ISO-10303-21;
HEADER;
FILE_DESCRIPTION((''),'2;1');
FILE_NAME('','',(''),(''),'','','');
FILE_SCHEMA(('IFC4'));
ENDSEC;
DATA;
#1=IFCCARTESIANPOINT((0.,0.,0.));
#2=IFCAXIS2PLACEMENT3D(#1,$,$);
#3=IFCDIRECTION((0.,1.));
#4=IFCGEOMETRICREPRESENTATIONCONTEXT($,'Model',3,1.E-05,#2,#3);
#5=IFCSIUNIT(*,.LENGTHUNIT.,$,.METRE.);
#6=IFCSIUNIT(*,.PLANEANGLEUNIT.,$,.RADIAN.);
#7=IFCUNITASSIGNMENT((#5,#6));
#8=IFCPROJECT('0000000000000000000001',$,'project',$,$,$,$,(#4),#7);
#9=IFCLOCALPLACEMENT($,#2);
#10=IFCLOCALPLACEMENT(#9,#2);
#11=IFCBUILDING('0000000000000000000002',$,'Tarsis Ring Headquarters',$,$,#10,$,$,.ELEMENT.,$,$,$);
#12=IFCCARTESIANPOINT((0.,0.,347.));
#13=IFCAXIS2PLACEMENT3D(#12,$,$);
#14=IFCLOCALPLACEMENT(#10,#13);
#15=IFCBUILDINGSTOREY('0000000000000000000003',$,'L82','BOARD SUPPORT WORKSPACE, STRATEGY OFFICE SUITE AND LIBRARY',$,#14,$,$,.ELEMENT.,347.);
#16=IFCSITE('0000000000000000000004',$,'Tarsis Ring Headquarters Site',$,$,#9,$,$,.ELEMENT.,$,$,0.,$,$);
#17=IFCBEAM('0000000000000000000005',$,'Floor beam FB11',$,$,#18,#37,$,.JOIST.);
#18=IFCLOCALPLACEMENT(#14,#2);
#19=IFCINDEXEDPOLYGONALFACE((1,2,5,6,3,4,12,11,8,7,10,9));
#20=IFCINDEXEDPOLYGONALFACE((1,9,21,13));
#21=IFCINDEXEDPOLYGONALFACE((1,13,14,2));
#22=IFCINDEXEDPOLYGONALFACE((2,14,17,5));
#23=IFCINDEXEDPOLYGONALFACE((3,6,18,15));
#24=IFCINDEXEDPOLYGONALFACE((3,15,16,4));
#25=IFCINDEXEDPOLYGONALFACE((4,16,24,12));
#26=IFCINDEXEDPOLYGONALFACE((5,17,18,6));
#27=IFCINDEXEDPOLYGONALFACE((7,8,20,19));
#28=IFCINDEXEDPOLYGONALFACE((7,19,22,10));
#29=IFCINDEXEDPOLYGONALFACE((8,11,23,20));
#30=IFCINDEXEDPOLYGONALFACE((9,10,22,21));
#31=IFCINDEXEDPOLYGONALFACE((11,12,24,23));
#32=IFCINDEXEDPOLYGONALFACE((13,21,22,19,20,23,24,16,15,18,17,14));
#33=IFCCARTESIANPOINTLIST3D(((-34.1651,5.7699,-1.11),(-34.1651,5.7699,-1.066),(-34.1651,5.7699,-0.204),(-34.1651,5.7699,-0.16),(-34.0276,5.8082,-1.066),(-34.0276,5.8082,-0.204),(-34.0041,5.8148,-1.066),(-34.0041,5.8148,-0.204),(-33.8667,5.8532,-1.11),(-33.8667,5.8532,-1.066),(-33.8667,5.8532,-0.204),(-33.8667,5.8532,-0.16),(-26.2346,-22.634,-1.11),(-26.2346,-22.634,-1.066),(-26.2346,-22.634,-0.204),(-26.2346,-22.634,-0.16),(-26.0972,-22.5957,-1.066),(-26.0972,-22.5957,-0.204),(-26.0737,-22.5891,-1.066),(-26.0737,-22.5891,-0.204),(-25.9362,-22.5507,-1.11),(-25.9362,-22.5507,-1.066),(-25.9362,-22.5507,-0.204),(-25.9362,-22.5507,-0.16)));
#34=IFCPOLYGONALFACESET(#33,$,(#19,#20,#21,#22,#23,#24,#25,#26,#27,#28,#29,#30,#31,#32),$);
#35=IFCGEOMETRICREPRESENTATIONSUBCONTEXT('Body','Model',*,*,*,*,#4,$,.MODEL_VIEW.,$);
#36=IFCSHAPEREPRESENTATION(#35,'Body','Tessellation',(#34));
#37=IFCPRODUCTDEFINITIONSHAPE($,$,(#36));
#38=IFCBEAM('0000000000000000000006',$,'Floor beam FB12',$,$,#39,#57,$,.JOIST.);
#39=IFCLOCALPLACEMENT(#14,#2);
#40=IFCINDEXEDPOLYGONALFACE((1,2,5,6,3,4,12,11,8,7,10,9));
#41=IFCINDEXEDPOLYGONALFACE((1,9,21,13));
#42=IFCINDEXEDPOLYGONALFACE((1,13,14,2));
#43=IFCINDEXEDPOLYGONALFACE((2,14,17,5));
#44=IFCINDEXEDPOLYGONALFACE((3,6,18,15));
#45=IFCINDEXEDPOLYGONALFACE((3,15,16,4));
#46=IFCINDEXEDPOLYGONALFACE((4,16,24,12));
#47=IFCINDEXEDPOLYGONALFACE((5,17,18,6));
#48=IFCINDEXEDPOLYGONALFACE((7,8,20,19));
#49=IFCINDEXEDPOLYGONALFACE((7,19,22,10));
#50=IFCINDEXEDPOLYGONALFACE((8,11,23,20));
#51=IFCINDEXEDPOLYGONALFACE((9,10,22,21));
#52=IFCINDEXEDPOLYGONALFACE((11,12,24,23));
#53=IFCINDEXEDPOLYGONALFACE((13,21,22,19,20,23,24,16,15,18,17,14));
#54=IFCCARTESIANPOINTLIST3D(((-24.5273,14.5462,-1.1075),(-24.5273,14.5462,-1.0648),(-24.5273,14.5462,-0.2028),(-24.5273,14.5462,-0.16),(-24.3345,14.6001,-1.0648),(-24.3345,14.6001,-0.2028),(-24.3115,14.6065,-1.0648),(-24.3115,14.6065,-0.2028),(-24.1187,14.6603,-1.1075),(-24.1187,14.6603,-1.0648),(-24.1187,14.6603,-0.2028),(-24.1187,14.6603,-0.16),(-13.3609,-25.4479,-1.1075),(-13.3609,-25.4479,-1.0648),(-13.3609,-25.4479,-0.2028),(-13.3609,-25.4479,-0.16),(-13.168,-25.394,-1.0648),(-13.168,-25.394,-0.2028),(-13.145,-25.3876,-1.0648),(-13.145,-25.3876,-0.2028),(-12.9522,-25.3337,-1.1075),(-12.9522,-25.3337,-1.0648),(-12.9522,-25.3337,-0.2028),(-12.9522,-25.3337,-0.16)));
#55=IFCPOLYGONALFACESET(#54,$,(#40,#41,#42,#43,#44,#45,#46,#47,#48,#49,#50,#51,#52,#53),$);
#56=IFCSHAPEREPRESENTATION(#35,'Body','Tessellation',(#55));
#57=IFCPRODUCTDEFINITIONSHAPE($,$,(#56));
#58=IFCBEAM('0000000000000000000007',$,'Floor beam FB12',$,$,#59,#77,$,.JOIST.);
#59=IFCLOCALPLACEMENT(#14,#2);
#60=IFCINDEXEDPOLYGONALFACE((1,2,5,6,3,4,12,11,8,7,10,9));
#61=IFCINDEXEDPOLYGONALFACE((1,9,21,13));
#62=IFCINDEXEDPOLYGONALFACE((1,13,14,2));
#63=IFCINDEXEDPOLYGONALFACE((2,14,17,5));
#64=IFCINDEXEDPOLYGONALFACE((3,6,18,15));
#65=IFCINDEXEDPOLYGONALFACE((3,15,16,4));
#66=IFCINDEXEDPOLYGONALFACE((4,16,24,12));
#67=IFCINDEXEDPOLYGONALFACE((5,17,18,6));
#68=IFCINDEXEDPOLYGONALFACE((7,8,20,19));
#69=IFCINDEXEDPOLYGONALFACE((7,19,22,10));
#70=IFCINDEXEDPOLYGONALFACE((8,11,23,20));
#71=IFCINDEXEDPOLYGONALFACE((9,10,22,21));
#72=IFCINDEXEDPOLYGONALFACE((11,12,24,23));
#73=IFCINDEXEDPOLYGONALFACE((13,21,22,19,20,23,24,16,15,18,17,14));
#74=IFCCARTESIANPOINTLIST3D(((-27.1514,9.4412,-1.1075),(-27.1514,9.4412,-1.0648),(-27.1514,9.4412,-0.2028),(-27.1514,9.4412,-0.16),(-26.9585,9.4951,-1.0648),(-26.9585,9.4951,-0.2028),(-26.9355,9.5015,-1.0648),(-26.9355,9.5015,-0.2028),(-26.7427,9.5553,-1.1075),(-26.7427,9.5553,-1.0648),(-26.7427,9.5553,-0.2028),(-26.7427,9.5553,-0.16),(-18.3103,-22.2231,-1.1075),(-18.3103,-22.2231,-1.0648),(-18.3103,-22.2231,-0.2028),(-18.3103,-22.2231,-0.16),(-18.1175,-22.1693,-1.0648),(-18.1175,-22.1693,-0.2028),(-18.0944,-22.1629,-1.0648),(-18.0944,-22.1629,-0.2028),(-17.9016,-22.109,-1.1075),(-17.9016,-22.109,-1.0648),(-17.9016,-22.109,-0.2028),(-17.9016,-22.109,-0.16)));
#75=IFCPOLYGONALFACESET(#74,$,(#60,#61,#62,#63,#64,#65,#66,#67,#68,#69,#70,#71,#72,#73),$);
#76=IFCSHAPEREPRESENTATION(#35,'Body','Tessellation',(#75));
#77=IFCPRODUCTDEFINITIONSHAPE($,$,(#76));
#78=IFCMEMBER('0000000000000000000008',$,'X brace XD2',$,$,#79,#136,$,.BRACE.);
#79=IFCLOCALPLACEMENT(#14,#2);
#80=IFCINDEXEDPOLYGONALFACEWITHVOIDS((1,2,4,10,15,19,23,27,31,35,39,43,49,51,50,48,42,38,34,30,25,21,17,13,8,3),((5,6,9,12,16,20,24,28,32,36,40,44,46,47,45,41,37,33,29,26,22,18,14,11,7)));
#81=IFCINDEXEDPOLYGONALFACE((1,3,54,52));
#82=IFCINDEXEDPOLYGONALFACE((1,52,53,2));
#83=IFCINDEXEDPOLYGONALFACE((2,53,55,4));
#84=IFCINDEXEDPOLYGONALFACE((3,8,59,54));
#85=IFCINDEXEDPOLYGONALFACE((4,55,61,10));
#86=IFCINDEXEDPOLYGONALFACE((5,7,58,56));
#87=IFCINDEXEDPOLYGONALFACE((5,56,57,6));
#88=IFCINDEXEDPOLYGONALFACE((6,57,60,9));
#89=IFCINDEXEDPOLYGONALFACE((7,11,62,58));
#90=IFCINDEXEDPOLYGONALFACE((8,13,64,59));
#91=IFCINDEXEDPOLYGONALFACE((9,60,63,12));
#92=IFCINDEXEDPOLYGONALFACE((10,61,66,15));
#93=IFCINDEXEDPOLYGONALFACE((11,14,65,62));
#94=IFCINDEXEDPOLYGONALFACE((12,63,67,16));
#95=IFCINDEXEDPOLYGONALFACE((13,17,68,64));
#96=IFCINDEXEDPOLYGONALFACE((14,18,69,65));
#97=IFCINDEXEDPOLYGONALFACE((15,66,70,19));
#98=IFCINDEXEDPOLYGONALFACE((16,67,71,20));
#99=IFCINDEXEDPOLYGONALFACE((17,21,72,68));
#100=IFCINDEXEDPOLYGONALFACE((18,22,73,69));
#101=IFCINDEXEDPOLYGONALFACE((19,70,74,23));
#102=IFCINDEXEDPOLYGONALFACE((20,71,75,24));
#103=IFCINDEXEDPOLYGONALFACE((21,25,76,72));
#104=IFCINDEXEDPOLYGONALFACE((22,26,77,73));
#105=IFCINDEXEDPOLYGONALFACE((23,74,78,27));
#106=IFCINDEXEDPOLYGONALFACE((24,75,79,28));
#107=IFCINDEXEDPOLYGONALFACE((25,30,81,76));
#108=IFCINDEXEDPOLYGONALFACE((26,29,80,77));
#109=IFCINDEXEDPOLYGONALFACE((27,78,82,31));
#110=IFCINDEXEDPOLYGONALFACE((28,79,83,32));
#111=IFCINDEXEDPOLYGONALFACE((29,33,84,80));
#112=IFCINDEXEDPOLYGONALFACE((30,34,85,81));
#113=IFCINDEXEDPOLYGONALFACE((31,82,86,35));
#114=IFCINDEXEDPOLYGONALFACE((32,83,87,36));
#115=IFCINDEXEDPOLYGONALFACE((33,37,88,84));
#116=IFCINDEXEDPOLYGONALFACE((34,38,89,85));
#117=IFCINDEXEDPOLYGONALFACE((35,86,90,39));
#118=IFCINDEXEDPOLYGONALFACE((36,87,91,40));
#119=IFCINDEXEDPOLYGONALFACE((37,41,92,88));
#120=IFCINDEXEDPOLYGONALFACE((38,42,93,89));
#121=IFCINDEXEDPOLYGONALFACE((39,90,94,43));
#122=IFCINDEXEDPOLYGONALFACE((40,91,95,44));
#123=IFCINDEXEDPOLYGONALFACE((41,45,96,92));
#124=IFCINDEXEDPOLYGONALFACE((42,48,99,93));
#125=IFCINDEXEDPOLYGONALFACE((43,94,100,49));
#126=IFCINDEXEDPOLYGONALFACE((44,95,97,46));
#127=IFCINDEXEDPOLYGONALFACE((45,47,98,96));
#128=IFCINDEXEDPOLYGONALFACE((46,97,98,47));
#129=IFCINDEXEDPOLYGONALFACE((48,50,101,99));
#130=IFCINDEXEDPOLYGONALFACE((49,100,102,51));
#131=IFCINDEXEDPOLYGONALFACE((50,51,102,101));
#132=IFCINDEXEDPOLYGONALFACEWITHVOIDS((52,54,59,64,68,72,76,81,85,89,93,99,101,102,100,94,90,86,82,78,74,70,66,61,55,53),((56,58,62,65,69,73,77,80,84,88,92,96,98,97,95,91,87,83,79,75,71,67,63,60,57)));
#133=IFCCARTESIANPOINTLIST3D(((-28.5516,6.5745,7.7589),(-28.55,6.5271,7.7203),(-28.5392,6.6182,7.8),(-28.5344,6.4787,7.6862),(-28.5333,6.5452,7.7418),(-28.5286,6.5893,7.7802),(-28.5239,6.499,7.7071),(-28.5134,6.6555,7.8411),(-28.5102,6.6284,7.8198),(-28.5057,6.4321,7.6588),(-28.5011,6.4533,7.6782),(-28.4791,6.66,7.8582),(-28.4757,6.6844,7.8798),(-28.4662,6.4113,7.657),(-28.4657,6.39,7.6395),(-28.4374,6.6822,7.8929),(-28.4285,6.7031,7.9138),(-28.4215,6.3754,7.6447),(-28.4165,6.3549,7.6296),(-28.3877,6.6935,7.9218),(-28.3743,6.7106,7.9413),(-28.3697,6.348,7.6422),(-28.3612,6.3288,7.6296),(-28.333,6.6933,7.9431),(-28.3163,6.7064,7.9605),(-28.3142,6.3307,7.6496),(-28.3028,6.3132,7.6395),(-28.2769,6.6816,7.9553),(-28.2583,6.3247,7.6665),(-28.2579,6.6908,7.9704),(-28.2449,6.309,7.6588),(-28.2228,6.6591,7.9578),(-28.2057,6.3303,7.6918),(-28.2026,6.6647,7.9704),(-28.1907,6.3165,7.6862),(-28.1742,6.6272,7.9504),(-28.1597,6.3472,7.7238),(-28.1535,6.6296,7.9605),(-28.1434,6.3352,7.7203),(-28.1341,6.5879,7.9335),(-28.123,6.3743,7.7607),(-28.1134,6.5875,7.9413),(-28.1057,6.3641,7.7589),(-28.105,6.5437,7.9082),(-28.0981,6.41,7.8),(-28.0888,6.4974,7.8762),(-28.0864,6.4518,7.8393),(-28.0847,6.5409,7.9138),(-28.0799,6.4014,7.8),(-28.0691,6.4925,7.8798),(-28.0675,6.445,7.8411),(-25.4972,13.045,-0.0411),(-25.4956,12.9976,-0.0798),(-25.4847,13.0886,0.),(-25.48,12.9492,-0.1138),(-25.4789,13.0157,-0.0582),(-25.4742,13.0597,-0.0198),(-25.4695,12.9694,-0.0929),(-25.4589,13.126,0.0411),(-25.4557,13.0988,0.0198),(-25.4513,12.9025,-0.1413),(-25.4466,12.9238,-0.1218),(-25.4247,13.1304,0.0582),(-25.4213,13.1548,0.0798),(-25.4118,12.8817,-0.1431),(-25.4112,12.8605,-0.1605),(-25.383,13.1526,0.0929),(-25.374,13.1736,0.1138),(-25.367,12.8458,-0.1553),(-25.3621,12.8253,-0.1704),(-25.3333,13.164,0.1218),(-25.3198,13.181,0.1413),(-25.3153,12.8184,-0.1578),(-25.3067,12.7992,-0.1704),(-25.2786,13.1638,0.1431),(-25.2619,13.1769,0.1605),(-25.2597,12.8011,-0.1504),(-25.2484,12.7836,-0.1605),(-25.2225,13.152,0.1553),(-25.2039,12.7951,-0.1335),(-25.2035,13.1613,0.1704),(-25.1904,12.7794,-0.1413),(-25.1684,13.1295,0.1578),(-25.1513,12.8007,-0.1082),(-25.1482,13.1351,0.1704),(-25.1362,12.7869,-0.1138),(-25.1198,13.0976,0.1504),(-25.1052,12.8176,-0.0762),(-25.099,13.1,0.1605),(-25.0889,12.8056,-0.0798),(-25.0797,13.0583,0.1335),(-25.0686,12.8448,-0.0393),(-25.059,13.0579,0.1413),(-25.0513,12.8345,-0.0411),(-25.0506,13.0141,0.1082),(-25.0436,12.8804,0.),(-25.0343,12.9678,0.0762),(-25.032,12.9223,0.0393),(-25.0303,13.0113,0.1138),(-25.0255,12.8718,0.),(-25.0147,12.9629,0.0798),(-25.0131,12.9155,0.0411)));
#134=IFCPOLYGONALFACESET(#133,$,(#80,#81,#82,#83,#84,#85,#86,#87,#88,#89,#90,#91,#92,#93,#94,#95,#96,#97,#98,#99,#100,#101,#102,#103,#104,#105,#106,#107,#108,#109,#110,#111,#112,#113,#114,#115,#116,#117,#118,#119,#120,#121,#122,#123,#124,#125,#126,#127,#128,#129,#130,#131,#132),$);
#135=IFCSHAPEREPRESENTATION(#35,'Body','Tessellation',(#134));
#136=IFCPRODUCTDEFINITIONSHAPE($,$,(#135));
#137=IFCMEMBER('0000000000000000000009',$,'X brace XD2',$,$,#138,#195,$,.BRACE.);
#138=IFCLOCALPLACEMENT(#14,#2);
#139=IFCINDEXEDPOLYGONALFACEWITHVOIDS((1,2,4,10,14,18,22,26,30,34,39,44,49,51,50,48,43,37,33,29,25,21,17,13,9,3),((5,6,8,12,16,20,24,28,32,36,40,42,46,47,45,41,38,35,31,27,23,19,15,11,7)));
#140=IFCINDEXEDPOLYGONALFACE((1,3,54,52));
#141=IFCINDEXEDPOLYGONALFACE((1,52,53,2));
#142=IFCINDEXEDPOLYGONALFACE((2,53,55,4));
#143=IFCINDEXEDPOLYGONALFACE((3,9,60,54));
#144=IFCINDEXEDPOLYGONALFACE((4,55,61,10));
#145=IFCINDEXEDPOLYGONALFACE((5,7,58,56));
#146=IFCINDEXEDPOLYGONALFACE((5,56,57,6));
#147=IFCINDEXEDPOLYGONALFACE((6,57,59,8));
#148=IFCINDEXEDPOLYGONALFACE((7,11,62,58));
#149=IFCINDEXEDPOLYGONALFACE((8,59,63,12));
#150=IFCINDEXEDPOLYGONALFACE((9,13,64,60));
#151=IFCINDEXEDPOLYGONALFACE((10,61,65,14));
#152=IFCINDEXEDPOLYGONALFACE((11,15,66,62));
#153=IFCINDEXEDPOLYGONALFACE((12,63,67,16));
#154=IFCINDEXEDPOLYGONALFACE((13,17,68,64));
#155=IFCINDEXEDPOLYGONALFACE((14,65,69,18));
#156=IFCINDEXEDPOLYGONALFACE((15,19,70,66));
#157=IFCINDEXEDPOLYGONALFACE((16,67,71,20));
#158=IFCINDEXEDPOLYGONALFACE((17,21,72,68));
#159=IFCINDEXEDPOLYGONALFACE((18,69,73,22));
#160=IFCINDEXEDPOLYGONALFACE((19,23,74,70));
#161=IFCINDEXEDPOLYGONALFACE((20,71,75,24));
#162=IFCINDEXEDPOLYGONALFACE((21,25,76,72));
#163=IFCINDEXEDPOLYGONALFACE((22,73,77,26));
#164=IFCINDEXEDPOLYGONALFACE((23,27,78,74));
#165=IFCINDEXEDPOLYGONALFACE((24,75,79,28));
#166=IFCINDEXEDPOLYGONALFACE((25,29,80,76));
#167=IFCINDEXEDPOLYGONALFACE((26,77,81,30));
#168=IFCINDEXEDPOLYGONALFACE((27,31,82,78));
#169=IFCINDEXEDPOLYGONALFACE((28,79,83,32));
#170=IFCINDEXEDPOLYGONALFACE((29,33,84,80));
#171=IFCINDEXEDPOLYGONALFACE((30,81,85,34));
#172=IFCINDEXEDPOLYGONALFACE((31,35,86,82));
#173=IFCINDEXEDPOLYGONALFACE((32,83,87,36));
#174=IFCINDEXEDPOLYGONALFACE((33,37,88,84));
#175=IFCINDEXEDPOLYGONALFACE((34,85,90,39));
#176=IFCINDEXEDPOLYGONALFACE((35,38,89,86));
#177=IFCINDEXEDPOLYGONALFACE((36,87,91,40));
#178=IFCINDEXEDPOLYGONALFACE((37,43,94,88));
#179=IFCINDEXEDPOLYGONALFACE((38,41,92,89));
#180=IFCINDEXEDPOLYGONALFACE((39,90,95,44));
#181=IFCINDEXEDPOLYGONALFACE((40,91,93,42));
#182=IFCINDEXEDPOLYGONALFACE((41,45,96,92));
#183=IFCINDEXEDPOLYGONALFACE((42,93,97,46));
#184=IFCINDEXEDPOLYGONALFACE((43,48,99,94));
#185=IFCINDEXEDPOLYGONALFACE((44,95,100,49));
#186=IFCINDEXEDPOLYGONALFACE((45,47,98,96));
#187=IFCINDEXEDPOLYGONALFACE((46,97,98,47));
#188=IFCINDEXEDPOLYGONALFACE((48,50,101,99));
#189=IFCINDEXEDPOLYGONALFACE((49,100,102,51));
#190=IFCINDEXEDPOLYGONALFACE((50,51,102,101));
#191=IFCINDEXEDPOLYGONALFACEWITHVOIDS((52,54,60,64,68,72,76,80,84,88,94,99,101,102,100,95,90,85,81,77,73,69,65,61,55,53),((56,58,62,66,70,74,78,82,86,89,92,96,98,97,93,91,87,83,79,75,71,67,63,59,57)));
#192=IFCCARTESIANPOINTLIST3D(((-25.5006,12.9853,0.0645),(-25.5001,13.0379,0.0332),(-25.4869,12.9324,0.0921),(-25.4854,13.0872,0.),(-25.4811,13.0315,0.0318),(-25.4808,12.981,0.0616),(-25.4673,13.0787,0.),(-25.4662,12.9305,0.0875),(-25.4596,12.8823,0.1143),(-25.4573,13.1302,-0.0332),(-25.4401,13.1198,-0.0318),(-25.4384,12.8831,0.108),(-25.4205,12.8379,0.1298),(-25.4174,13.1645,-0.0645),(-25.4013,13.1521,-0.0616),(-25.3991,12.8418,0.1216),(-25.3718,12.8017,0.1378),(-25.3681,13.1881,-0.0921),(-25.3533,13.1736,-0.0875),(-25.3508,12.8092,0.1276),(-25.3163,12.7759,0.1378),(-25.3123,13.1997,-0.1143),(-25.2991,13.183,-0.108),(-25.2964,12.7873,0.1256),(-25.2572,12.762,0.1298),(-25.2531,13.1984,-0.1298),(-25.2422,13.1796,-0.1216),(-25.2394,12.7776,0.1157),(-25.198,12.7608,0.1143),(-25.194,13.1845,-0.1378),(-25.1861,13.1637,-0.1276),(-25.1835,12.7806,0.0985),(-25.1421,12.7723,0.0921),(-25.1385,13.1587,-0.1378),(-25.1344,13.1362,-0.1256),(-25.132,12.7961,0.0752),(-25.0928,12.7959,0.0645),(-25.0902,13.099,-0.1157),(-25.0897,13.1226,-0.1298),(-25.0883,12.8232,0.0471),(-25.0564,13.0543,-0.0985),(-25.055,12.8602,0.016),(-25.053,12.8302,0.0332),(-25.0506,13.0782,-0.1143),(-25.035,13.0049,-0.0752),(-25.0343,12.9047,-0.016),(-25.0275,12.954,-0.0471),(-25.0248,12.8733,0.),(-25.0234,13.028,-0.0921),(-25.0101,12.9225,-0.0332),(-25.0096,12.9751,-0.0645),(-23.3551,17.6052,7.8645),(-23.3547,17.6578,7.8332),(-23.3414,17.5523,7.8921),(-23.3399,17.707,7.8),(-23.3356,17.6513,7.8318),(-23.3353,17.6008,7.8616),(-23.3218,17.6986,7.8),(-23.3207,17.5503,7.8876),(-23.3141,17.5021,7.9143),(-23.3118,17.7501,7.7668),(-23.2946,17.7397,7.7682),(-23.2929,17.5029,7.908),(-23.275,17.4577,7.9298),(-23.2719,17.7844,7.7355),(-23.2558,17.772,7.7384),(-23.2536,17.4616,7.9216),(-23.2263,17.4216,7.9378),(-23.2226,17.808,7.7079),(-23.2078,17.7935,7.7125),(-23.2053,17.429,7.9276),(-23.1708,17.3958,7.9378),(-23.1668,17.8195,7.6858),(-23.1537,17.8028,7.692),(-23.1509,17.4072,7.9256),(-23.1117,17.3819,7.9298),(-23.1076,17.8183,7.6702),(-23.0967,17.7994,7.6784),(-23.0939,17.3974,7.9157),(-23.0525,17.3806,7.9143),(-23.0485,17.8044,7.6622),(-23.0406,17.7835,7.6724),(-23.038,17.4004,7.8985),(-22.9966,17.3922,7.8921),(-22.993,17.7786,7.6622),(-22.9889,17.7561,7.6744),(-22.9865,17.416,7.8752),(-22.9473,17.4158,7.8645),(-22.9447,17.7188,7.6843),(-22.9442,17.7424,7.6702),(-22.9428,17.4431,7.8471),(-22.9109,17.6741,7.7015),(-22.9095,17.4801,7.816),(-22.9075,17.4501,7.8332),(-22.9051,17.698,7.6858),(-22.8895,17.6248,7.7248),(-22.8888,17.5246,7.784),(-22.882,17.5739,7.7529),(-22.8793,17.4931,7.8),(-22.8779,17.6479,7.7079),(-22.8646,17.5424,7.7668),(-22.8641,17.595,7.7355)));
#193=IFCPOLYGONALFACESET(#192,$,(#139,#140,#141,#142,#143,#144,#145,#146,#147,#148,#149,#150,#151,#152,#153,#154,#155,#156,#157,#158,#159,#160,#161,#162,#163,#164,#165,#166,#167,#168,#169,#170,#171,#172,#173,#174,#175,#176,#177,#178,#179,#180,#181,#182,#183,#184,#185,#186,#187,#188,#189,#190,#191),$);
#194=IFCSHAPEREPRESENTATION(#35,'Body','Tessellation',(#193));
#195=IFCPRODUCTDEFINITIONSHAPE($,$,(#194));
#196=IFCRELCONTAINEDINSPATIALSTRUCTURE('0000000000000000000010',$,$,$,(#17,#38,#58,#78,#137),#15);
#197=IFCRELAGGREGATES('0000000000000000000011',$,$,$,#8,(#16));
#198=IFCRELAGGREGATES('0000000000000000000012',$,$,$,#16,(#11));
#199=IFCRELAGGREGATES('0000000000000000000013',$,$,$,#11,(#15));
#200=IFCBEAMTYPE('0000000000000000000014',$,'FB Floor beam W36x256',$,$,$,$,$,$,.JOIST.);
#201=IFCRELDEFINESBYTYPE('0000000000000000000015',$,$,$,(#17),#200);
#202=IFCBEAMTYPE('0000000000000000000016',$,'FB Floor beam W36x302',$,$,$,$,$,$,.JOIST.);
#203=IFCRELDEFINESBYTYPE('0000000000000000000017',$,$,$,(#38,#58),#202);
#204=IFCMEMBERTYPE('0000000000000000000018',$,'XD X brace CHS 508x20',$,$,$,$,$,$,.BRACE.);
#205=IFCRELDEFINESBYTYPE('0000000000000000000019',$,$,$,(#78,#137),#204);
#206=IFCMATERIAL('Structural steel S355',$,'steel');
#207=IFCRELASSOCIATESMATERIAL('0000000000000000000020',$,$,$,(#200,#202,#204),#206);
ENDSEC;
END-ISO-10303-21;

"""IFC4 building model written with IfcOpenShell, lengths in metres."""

from ifc_helpers import new_model, si_unit, direction, frame, origin, origin_2d, place, context, subcontext, project, spatial, hollow_circle, i_section, extrude, material, material_profile, profile_set, type_object, element, save


model = new_model("IFC4")

# Units and contexts
model_context = context("Model", 3, precision=1e-05, world=origin(), true_north=direction((0.0, 1.0)))
body_context = subcontext(model_context, "Body", "Model", "MODEL_VIEW")
ifc_project = project(units=[si_unit("LENGTHUNIT", "METRE"), si_unit("PLANEANGLEUNIT", "RADIAN")], contexts=[model_context])

# Site, building, storey
site_placement = place(None, origin())
site = spatial("IfcSite", under=ifc_project, at=site_placement, Name="Tarsis Ring Headquarters Site", CompositionType="ELEMENT", RefElevation=0.0)
building_placement = place(site_placement, origin())
building = spatial("IfcBuilding", under=site, at=building_placement, Name="Tarsis Ring Headquarters", CompositionType="ELEMENT")
storey_placement = place(building_placement, frame((0.0, 0.0, 347.0)))
storey = spatial("IfcBuildingStorey", under=building, at=storey_placement, Name="L82", Description="BOARD SUPPORT WORKSPACE, STRATEGY OFFICE SUITE AND LIBRARY", CompositionType="ELEMENT", Elevation=347.0)

# Shared definitions
ifc_material_1 = material(Name="Structural steel S355", Category="steel")

# Beams
ifc_material_profile_1 = material_profile(ifc_material_1, i_section(OverallWidth=0.3098, OverallDepth=0.95, WebThickness=0.0244, FlangeThickness=0.0439, at=origin_2d()), Name="W36x256")
ifc_profile_set_1 = profile_set([ifc_material_profile_1], Name="Structural steel S355")
beam_type_1 = type_object("IfcBeamType", Name="FB Floor beam W36x256", PredefinedType="JOIST", material=ifc_profile_set_1)
for number, where, z_axis, x_axis, name in (
    (1, (-34.0159, 5.8115, -0.635), (0.268918, -0.963163, 0.0), (0.963163, 0.268918, 0.0), "Floor beam FB11"),
):
    element("IfcBeam", number, at=place(storey_placement, frame(where, z_axis=z_axis, x_axis=x_axis)), inside=storey, type_object=beam_type_1, Name=name, PredefinedType="JOIST", context=body_context, shape_type="SweptSolid", body=[
        extrude(i_section(OverallWidth=0.3098, OverallDepth=0.95, WebThickness=0.0244, FlangeThickness=0.0439, at=origin_2d()), origin(), (0.0, 0.0, 1.0), 29.4902),
    ])
ifc_material_profile_2 = material_profile(ifc_material_1, i_section(OverallWidth=0.4243, OverallDepth=0.9475, WebThickness=0.0239, FlangeThickness=0.0427, at=origin_2d()), Name="W36x302")
ifc_profile_set_2 = profile_set([ifc_material_profile_2], Name="Structural steel S355")
beam_type_2 = type_object("IfcBeamType", Name="FB Floor beam W36x302", PredefinedType="JOIST", material=ifc_profile_set_2)
beam_1_placement = place(storey_placement, frame((-24.323, 14.6033, -0.6338), z_axis=(0.268918, -0.963163, 0.0), x_axis=(0.963163, 0.268918, 0.0)))
element("IfcBeam", 2, at=beam_1_placement, inside=storey, type_object=beam_type_2, Name="Floor beam FB12", PredefinedType="JOIST", context=body_context, shape_type="SweptSolid", body=[
    extrude(i_section(OverallWidth=0.4243, OverallDepth=0.9475, WebThickness=0.0239, FlangeThickness=0.0427, at=origin_2d()), origin(), (0.0, 0.0, 1.0), 41.5237),
])
beam_2_placement = place(storey_placement, frame((-26.947, 9.4983, -0.6338), z_axis=(0.268926, -0.963161, 0.0), x_axis=(0.963161, 0.268926, 0.0)))
element("IfcBeam", 3, at=beam_2_placement, inside=storey, type_object=beam_type_2, Name="Floor beam FB12", PredefinedType="JOIST", context=body_context, shape_type="SweptSolid", body=[
    extrude(i_section(OverallWidth=0.4243, OverallDepth=0.9475, WebThickness=0.0239, FlangeThickness=0.0427, at=origin_2d()), origin(), (0.0, 0.0, 1.0), 32.8755),
])

# Members
ifc_material_profile_3 = material_profile(ifc_material_1, hollow_circle(Radius=0.2539, WallThickness=0.02, at=origin_2d()), Name="CHS 508x20")
ifc_profile_set_3 = profile_set([ifc_material_profile_3], Name="Structural steel S355")
member_type = type_object("IfcMemberType", Name="XD X brace CHS 508x20", PredefinedType="BRACE", material=ifc_profile_set_3)
member_1_placement = place(storey_placement, frame((-25.2551, 12.9802, 0.0), z_axis=(-0.28857, -0.611299, 0.736913), x_axis=(0.904305, -0.426886, 0.0)))
element("IfcMember", 4, at=member_1_placement, inside=storey, type_object=member_type, Name="X brace XD2", PredefinedType="BRACE", context=body_context, shape_type="SweptSolid", body=[
    extrude(hollow_circle(Radius=0.2539, WallThickness=0.02, at=origin_2d()), origin(), (0.0, 0.0, 1.0), 10.5847),
])
member_2_placement = place(storey_placement, frame((-25.2551, 12.9802, 0.0), z_axis=(0.230304, 0.495909, 0.837278), x_axis=(-0.906966, 0.421203, 0.0)))
element("IfcMember", 5, at=member_2_placement, inside=storey, type_object=member_type, Name="X brace XD2", PredefinedType="BRACE", context=body_context, shape_type="SweptSolid", body=[
    extrude(hollow_circle(Radius=0.2539, WallThickness=0.02, at=origin_2d()), origin(), (0.0, 0.0, 1.0), 9.3159),
])

save(model, "model.ifc")
